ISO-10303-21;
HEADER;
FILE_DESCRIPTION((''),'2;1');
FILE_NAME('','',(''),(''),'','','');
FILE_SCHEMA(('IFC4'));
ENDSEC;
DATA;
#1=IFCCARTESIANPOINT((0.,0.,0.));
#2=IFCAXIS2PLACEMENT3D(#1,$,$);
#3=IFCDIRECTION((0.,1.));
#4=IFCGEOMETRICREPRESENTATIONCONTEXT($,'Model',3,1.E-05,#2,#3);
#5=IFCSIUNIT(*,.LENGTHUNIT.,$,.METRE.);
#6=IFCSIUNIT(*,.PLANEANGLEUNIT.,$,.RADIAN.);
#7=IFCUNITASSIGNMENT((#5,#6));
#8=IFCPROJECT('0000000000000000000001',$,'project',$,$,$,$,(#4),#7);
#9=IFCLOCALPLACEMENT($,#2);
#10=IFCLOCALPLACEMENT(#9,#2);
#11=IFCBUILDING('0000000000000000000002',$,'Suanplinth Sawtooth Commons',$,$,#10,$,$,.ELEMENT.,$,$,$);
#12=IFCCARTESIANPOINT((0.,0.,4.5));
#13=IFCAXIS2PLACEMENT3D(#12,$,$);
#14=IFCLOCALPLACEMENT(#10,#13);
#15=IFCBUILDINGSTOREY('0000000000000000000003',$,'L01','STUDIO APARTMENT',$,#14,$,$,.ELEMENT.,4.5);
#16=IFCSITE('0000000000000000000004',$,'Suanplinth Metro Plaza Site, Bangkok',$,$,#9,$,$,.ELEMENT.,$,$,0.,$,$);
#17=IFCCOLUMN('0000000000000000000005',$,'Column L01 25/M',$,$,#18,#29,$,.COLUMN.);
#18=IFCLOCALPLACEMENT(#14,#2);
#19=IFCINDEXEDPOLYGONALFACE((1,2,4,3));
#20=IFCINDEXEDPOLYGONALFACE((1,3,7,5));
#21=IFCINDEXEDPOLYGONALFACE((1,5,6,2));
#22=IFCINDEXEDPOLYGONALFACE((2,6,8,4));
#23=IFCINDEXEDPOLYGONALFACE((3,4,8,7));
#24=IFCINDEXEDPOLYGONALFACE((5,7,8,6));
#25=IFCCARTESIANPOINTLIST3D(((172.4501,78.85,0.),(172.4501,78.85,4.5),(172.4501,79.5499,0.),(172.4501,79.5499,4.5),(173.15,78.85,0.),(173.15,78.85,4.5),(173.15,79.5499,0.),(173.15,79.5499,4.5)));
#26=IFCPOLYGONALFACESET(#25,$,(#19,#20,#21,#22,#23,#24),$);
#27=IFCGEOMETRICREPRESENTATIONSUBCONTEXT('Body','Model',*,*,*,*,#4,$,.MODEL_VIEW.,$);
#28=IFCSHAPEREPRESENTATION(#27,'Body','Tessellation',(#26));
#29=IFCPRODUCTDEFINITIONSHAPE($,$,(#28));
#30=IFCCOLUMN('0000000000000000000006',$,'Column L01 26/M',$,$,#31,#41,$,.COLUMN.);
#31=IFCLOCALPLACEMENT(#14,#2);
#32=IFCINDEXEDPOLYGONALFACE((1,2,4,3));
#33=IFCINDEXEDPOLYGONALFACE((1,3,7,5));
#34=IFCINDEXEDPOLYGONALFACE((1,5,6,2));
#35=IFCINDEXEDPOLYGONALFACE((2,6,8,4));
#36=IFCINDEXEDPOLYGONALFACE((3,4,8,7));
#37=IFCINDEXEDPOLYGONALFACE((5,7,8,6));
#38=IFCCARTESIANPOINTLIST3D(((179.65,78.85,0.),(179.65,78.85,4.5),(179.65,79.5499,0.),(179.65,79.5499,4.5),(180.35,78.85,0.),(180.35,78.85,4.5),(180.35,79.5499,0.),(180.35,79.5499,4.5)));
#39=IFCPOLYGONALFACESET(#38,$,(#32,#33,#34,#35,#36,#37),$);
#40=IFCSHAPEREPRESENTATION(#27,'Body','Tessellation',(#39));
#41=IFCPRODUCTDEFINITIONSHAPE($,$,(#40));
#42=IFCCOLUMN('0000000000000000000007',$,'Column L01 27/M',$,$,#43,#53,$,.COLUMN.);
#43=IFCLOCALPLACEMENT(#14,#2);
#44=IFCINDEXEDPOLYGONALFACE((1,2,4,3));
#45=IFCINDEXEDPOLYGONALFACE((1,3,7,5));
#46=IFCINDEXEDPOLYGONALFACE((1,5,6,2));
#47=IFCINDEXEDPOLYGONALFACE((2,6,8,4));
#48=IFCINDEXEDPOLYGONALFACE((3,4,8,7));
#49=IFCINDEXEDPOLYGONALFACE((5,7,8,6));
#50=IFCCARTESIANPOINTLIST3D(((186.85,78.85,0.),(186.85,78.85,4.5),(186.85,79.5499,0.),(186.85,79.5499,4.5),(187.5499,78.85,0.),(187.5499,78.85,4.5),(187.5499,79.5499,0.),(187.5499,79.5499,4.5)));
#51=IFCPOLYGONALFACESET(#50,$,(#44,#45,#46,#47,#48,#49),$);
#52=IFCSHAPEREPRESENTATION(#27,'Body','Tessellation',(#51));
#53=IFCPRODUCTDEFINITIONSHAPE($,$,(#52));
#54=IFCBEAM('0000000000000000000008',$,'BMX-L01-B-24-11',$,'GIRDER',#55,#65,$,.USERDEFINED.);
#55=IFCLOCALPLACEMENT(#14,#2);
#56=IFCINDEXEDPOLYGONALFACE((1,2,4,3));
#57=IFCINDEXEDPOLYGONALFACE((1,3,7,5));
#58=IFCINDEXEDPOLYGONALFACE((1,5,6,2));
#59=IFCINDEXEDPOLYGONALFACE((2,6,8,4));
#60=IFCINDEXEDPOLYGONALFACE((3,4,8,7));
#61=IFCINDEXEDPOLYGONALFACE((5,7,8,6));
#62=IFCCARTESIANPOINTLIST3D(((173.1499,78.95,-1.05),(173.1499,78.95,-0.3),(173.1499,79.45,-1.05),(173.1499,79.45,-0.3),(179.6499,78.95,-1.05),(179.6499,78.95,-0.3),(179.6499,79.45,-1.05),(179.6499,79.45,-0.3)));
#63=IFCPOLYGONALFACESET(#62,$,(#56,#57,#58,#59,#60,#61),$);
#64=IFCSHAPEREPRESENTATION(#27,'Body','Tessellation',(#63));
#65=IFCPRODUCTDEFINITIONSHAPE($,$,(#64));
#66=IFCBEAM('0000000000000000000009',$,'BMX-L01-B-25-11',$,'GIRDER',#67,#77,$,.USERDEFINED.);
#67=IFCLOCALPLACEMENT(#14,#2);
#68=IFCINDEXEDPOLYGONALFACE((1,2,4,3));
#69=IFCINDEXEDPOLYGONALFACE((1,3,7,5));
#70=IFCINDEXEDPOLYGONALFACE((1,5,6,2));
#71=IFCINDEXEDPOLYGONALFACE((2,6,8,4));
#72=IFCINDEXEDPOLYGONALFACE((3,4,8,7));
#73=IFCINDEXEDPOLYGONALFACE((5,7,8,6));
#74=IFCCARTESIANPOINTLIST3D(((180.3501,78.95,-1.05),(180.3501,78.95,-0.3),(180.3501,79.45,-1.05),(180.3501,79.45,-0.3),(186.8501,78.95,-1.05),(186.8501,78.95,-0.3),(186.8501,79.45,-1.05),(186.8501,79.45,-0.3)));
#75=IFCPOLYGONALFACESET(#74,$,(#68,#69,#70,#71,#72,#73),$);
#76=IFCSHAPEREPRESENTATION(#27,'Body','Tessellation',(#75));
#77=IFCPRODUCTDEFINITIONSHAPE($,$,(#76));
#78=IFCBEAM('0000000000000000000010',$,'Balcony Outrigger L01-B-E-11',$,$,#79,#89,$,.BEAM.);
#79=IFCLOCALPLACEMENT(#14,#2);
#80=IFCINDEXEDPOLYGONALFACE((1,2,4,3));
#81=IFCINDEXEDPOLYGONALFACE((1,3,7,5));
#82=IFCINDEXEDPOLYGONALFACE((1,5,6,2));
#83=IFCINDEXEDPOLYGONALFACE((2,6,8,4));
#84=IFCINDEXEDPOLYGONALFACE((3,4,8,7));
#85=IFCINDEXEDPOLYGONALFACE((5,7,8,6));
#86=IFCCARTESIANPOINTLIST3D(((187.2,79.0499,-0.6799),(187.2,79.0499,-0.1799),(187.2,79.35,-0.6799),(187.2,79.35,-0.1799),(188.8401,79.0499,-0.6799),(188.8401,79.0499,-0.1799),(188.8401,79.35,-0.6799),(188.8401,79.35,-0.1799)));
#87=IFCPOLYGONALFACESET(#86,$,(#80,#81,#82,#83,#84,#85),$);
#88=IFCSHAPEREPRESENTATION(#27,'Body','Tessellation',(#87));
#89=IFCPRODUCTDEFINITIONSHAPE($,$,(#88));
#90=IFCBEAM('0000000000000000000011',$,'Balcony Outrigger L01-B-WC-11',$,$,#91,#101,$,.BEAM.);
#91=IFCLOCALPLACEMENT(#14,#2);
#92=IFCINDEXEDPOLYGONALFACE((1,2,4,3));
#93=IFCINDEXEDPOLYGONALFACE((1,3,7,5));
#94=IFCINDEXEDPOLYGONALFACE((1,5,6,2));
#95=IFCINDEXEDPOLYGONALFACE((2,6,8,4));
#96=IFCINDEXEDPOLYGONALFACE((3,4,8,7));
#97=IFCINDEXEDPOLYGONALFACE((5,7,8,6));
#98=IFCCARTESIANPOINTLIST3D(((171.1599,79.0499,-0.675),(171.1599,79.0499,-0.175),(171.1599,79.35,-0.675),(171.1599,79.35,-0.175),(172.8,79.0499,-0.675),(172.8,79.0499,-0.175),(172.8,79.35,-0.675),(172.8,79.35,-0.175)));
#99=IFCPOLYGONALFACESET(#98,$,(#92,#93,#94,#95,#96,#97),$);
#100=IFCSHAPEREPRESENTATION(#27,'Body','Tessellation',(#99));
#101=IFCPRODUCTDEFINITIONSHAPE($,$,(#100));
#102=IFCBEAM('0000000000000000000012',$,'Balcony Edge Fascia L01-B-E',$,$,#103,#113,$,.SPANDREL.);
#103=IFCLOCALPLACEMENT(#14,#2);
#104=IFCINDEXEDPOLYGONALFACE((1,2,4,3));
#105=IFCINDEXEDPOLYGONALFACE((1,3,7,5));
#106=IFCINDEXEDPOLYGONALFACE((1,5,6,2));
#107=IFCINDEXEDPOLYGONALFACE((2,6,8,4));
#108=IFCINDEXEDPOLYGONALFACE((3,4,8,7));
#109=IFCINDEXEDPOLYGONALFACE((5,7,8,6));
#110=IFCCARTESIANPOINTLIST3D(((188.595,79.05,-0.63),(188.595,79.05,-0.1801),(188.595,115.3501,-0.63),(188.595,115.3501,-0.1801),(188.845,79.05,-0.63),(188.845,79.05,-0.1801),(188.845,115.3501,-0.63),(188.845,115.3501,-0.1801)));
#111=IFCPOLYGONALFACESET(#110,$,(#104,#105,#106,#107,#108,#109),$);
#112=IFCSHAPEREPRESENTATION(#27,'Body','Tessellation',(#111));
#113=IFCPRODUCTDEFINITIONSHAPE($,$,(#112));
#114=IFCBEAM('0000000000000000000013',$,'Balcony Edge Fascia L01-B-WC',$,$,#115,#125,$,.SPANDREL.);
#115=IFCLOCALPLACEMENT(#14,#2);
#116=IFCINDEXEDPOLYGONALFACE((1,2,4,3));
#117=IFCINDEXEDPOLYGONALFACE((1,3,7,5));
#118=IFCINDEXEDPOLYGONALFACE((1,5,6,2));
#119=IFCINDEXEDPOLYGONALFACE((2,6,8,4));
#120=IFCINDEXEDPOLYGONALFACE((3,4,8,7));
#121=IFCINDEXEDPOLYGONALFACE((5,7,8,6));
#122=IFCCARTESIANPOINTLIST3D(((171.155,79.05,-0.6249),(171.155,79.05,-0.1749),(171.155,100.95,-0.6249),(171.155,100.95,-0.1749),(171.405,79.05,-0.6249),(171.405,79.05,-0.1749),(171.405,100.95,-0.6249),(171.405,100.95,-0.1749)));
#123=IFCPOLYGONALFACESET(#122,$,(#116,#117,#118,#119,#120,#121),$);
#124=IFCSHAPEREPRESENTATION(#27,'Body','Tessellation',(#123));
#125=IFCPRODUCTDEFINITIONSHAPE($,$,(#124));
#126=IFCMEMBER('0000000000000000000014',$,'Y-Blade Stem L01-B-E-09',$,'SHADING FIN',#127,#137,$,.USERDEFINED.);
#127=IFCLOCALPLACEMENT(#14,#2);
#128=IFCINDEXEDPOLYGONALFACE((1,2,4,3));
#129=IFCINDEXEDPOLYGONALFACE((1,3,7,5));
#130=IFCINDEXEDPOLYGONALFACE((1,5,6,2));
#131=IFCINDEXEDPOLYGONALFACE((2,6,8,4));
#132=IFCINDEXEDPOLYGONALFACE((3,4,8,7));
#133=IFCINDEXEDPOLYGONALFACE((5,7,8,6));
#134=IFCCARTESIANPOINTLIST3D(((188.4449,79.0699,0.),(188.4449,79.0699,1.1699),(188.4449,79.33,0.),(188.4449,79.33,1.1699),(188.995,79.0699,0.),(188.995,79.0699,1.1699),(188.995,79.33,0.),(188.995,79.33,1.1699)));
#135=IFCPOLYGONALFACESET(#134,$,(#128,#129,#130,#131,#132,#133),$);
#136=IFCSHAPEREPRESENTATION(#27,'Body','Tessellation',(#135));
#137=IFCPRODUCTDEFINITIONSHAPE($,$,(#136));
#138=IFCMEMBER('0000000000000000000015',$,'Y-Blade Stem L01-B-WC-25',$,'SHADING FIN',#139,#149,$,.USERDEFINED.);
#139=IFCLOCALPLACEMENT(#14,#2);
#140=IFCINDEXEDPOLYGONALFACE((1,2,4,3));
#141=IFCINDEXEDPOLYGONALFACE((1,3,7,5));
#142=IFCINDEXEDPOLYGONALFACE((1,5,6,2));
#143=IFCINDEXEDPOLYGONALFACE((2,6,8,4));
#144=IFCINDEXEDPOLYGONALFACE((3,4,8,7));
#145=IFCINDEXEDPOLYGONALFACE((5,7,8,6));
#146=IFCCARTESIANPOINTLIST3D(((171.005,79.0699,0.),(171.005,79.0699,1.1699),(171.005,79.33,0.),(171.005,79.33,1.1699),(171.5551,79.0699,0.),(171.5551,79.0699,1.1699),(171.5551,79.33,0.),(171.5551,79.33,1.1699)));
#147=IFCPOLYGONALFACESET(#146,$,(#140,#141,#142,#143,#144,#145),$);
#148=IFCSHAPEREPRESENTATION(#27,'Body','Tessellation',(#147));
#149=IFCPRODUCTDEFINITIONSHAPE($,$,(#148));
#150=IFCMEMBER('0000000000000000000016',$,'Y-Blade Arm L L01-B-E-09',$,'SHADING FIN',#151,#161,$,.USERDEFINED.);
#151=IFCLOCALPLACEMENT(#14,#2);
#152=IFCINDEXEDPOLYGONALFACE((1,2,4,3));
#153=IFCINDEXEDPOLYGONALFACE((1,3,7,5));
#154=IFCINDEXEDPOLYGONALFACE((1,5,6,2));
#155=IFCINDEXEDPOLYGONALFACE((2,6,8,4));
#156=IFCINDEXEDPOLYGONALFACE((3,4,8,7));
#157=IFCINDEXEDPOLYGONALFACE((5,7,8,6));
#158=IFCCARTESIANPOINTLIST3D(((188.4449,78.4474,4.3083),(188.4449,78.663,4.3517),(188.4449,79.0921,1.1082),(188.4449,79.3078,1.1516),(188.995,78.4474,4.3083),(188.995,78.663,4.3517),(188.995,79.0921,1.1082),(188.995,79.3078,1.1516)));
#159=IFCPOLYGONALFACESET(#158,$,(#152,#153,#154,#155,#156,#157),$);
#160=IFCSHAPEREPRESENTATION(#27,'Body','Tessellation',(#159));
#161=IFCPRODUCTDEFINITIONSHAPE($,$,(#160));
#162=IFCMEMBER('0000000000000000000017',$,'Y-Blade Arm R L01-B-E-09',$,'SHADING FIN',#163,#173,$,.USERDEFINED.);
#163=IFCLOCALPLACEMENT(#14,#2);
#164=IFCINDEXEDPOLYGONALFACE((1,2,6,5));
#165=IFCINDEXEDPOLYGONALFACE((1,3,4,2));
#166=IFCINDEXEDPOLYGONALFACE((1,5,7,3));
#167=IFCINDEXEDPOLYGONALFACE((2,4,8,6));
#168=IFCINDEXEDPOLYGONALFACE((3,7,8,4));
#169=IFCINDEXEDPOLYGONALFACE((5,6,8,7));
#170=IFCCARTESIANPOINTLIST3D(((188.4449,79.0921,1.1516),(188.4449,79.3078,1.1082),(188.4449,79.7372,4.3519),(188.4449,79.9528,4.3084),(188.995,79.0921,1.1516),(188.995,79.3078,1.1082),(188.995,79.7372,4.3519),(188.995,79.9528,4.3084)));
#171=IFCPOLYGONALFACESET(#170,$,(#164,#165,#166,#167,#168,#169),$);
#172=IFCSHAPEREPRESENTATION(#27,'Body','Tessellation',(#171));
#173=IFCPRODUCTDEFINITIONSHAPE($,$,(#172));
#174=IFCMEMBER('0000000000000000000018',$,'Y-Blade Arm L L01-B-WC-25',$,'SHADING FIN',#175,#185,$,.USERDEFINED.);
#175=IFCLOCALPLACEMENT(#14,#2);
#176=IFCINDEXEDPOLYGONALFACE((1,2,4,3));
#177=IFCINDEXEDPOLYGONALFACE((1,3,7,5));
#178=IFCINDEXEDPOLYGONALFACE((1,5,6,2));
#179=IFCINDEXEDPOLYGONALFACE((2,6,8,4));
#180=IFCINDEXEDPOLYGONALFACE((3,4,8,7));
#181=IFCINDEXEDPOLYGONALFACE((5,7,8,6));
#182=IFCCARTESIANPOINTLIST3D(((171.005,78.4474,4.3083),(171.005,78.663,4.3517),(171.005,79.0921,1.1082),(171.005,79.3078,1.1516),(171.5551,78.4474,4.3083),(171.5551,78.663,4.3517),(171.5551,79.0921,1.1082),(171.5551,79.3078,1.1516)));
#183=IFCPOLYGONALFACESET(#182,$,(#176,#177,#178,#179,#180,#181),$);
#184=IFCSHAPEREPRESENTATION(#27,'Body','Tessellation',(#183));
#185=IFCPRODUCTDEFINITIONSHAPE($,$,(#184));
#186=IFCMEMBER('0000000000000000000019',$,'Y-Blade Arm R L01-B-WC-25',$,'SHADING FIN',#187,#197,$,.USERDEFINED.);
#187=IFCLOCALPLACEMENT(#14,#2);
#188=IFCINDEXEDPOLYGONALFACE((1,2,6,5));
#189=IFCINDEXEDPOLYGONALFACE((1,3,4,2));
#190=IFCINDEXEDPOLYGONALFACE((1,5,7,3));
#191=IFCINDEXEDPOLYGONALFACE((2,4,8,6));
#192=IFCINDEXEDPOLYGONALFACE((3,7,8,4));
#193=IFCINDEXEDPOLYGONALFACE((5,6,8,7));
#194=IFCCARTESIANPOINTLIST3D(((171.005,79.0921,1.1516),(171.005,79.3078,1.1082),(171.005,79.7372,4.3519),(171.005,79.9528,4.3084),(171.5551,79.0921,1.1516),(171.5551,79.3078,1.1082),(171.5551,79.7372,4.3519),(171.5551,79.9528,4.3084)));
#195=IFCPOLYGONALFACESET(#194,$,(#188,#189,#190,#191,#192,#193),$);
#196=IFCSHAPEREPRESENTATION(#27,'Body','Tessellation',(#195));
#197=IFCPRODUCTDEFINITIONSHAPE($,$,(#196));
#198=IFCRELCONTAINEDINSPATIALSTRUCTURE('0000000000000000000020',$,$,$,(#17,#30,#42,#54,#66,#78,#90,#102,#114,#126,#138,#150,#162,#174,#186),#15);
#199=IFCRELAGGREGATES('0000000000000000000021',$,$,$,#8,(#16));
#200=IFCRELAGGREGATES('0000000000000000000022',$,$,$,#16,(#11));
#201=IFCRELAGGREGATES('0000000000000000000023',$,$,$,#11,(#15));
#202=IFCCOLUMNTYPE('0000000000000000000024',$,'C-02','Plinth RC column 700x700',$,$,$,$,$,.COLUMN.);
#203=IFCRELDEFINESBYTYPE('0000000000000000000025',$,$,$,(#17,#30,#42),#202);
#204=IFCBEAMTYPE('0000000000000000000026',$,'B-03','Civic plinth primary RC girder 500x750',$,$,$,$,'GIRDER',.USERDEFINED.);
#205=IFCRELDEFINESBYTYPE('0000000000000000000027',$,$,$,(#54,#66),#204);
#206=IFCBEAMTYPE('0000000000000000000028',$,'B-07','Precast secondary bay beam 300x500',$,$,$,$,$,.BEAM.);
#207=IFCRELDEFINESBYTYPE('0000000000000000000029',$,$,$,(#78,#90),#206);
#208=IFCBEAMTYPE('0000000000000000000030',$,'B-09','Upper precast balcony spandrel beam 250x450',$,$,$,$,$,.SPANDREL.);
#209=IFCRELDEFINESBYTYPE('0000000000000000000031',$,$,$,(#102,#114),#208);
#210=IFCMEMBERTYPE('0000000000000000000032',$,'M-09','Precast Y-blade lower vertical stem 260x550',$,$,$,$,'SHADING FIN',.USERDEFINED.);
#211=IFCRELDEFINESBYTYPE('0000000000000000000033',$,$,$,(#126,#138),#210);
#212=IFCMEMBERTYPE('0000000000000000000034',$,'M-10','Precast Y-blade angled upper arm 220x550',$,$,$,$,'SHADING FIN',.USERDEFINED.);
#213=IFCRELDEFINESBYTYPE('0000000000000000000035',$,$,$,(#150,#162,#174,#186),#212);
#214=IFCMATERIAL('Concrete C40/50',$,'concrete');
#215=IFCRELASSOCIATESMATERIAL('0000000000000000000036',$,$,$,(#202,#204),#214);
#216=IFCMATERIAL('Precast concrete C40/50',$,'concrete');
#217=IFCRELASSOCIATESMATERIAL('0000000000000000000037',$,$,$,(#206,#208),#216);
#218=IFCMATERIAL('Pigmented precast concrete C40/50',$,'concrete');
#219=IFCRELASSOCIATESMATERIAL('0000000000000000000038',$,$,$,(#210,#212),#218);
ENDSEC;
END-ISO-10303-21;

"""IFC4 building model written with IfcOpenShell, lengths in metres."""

from ifc_helpers import new_model, si_unit, direction, frame, origin, origin_2d, place, context, subcontext, project, spatial, rectangle, extrude, material, material_profile, profile_set, type_object, element, save


model = new_model("IFC4")

# Units and contexts
model_context = context("Model", 3, precision=1e-05, world=origin(), true_north=direction((0.0, 1.0)))
body_context = subcontext(model_context, "Body", "Model", "MODEL_VIEW")
ifc_project = project(units=[si_unit("LENGTHUNIT", "METRE"), si_unit("PLANEANGLEUNIT", "RADIAN")], contexts=[model_context])

# Site, building, storey
site_placement = place(None, origin())
site = spatial("IfcSite", under=ifc_project, at=site_placement, Name="Suanplinth Metro Plaza Site, Bangkok", CompositionType="ELEMENT", RefElevation=0.0)
building_placement = place(site_placement, origin())
building = spatial("IfcBuilding", under=site, at=building_placement, Name="Suanplinth Sawtooth Commons", CompositionType="ELEMENT")
storey_placement = place(building_placement, frame((0.0, 0.0, 4.5)))
storey = spatial("IfcBuildingStorey", under=building, at=storey_placement, Name="L01", Description="STUDIO APARTMENT", CompositionType="ELEMENT", Elevation=4.5)

# Columns
ifc_material_1 = material(Name="Concrete C40/50", Category="concrete")
ifc_material_profile_1 = material_profile(ifc_material_1, rectangle(XDim=0.7, YDim=0.7, at=origin_2d()), Name="RC-COL 700x700")
ifc_profile_set_1 = profile_set([ifc_material_profile_1], Name="Concrete C40/50")
column_type = type_object("IfcColumnType", Name="C-02", Description="Plinth RC column 700x700", PredefinedType="COLUMN", material=ifc_profile_set_1)
for number, where, z_axis, x_axis, name in (
    (1, (172.8, 79.2, 0.0), (0.0, 0.0, 1.0), (1.0, 0.0, 0.0), "Column L01 25/M"),
    (2, (180.0, 79.2, 0.0), (0.0, 0.0, 1.0), (1.0, 0.0, 0.0), "Column L01 26/M"),
    (3, (187.2, 79.2, 0.0), (0.0, 0.0, 1.0), (1.0, 0.0, 0.0), "Column L01 27/M"),
):
    element("IfcColumn", number, at=place(storey_placement, frame(where, z_axis=z_axis, x_axis=x_axis)), inside=storey, type_object=column_type, Name=name, PredefinedType="COLUMN", context=body_context, shape_type="SweptSolid", body=[
        extrude(rectangle(XDim=0.7, YDim=0.7, at=origin_2d()), origin(), (0.0, 0.0, 1.0), 4.5),
    ])

# Beams
ifc_material_profile_2 = material_profile(ifc_material_1, rectangle(XDim=0.5, YDim=0.75, at=origin_2d()), Name="RC-GDR 500x750")
ifc_profile_set_2 = profile_set([ifc_material_profile_2], Name="Concrete C40/50")
beam_type_1 = type_object("IfcBeamType", Name="B-03", Description="Civic plinth primary RC girder 500x750", ElementType="GIRDER", PredefinedType="USERDEFINED", material=ifc_profile_set_2)
for number, where, z_axis, x_axis, name in (
    (4, (173.1499, 79.2, -0.675), (1.0, 0.0, 0.0), (0.0, 1.0, 0.0), "BMX-L01-B-24-11"),
    (5, (180.3501, 79.2, -0.675), (1.0, 0.0, 0.0), (0.0, 1.0, 0.0), "BMX-L01-B-25-11"),
):
    element("IfcBeam", number, at=place(storey_placement, frame(where, z_axis=z_axis, x_axis=x_axis)), inside=storey, type_object=beam_type_1, Name=name, ObjectType="GIRDER", PredefinedType="USERDEFINED", context=body_context, shape_type="SweptSolid", body=[
        extrude(rectangle(XDim=0.5, YDim=0.75, at=origin_2d()), origin(), (0.0, 0.0, 1.0), 6.5),
    ])
ifc_material_2 = material(Name="Precast concrete C40/50", Category="concrete")
ifc_material_profile_3 = material_profile(ifc_material_2, rectangle(XDim=0.3, YDim=0.5, at=origin_2d()), Name="PC-BM 300x500")
ifc_profile_set_3 = profile_set([ifc_material_profile_3], Name="Precast concrete C40/50")
beam_type_2 = type_object("IfcBeamType", Name="B-07", Description="Precast secondary bay beam 300x500", PredefinedType="BEAM", material=ifc_profile_set_3)
for number, where, z_axis, x_axis, name in (
    (6, (187.2, 79.2, -0.4299), (1.0, 0.0, 0.0), (0.0, 1.0, 0.0), "Balcony Outrigger L01-B-E-11"),
    (7, (172.8, 79.2, -0.425), (-1.0, 0.0, 0.0), (0.0, -1.0, 0.0), "Balcony Outrigger L01-B-WC-11"),
):
    element("IfcBeam", number, at=place(storey_placement, frame(where, z_axis=z_axis, x_axis=x_axis)), inside=storey, type_object=beam_type_2, Name=name, PredefinedType="BEAM", context=body_context, shape_type="SweptSolid", body=[
        extrude(rectangle(XDim=0.3, YDim=0.5, at=origin_2d()), origin(), (0.0, 0.0, 1.0), 1.6401),
    ])
ifc_material_profile_4 = material_profile(ifc_material_2, rectangle(XDim=0.25, YDim=0.45, at=origin_2d()), Name="PC-SP 250x450")
ifc_profile_set_4 = profile_set([ifc_material_profile_4], Name="Precast concrete C40/50")
beam_type_3 = type_object("IfcBeamType", Name="B-09", Description="Upper precast balcony spandrel beam 250x450", PredefinedType="SPANDREL", material=ifc_profile_set_4)
beam_1_placement = place(storey_placement, frame((188.72, 79.05, -0.405), z_axis=(0.0, 1.0, 0.0), x_axis=(-1.0, 0.0, 0.0)))
element("IfcBeam", 8, at=beam_1_placement, inside=storey, type_object=beam_type_3, Name="Balcony Edge Fascia L01-B-E", PredefinedType="SPANDREL", context=body_context, shape_type="SweptSolid", body=[
    extrude(rectangle(XDim=0.25, YDim=0.45, at=origin_2d()), origin(), (0.0, 0.0, 1.0), 36.3),
])
beam_2_placement = place(storey_placement, frame((171.28, 79.05, -0.3999), z_axis=(0.0, 1.0, 0.0), x_axis=(-1.0, 0.0, 0.0)))
element("IfcBeam", 9, at=beam_2_placement, inside=storey, type_object=beam_type_3, Name="Balcony Edge Fascia L01-B-WC", PredefinedType="SPANDREL", context=body_context, shape_type="SweptSolid", body=[
    extrude(rectangle(XDim=0.25, YDim=0.45, at=origin_2d()), origin(), (0.0, 0.0, 1.0), 21.8999),
])

# Members
ifc_material_3 = material(Name="Pigmented precast concrete C40/50", Category="concrete")
ifc_material_profile_5 = material_profile(ifc_material_3, rectangle(XDim=0.26, YDim=0.55, at=origin_2d()), Name="PC-FIN 260x550")
ifc_profile_set_5 = profile_set([ifc_material_profile_5], Name="Pigmented precast concrete C40/50")
member_type_1 = type_object("IfcMemberType", Name="M-09", Description="Precast Y-blade lower vertical stem 260x550", ElementType="SHADING FIN", PredefinedType="USERDEFINED", material=ifc_profile_set_5)
for number, where, z_axis, x_axis, name in (
    (10, (188.72, 79.2, 0.0), (0.0, 0.0, 1.0), (0.0, 1.0, 0.0), "Y-Blade Stem L01-B-E-09"),
    (11, (171.28, 79.2, 0.0), (0.0, 0.0, 1.0), (0.0, 1.0, 0.0), "Y-Blade Stem L01-B-WC-25"),
):
    element("IfcMember", number, at=place(storey_placement, frame(where, z_axis=z_axis, x_axis=x_axis)), inside=storey, type_object=member_type_1, Name=name, ObjectType="SHADING FIN", PredefinedType="USERDEFINED", context=body_context, shape_type="SweptSolid", body=[
        extrude(rectangle(XDim=0.26, YDim=0.55, at=origin_2d()), origin(), (0.0, 0.0, 1.0), 1.1699),
    ])
ifc_material_profile_6 = material_profile(ifc_material_3, rectangle(XDim=0.22, YDim=0.55, at=origin_2d()), Name="PC-FIN 220x550")
ifc_profile_set_6 = profile_set([ifc_material_profile_6], Name="Pigmented precast concrete C40/50")
member_type_2 = type_object("IfcMemberType", Name="M-10", Description="Precast Y-blade angled upper arm 220x550", ElementType="SHADING FIN", PredefinedType="USERDEFINED", material=ifc_profile_set_6)
member_1_placement = place(storey_placement, frame((188.72, 79.2, 1.1299), z_axis=(0.0, -0.197511, 0.980301), x_axis=(0.0, 0.980301, 0.197511)))
element("IfcMember", 12, at=member_1_placement, inside=storey, type_object=member_type_2, Name="Y-Blade Arm L L01-B-E-09", ObjectType="SHADING FIN", PredefinedType="USERDEFINED", context=body_context, shape_type="SweptSolid", body=[
    extrude(rectangle(XDim=0.22, YDim=0.55, at=origin_2d()), origin(), (0.0, 0.0, 1.0), 3.2644),
])
member_2_placement = place(storey_placement, frame((188.72, 79.2, 1.1299), z_axis=(0.0, 0.197583, 0.980286), x_axis=(0.0, -0.980286, 0.197583)))
element("IfcMember", 13, at=member_2_placement, inside=storey, type_object=member_type_2, Name="Y-Blade Arm R L01-B-E-09", ObjectType="SHADING FIN", PredefinedType="USERDEFINED", context=body_context, shape_type="SweptSolid", body=[
    extrude(rectangle(XDim=0.22, YDim=0.55, at=origin_2d()), origin(), (0.0, 0.0, 1.0), 3.2646),
])
member_3_placement = place(storey_placement, frame((171.28, 79.2, 1.1299), z_axis=(0.0, -0.197511, 0.980301), x_axis=(0.0, 0.980301, 0.197511)))
element("IfcMember", 14, at=member_3_placement, inside=storey, type_object=member_type_2, Name="Y-Blade Arm L L01-B-WC-25", ObjectType="SHADING FIN", PredefinedType="USERDEFINED", context=body_context, shape_type="SweptSolid", body=[
    extrude(rectangle(XDim=0.22, YDim=0.55, at=origin_2d()), origin(), (0.0, 0.0, 1.0), 3.2644),
])
member_4_placement = place(storey_placement, frame((171.28, 79.2, 1.1299), z_axis=(0.0, 0.197583, 0.980286), x_axis=(0.0, -0.980286, 0.197583)))
element("IfcMember", 15, at=member_4_placement, inside=storey, type_object=member_type_2, Name="Y-Blade Arm R L01-B-WC-25", ObjectType="SHADING FIN", PredefinedType="USERDEFINED", context=body_context, shape_type="SweptSolid", body=[
    extrude(rectangle(XDim=0.22, YDim=0.55, at=origin_2d()), origin(), (0.0, 0.0, 1.0), 3.2646),
])

save(model, "model.ifc")
